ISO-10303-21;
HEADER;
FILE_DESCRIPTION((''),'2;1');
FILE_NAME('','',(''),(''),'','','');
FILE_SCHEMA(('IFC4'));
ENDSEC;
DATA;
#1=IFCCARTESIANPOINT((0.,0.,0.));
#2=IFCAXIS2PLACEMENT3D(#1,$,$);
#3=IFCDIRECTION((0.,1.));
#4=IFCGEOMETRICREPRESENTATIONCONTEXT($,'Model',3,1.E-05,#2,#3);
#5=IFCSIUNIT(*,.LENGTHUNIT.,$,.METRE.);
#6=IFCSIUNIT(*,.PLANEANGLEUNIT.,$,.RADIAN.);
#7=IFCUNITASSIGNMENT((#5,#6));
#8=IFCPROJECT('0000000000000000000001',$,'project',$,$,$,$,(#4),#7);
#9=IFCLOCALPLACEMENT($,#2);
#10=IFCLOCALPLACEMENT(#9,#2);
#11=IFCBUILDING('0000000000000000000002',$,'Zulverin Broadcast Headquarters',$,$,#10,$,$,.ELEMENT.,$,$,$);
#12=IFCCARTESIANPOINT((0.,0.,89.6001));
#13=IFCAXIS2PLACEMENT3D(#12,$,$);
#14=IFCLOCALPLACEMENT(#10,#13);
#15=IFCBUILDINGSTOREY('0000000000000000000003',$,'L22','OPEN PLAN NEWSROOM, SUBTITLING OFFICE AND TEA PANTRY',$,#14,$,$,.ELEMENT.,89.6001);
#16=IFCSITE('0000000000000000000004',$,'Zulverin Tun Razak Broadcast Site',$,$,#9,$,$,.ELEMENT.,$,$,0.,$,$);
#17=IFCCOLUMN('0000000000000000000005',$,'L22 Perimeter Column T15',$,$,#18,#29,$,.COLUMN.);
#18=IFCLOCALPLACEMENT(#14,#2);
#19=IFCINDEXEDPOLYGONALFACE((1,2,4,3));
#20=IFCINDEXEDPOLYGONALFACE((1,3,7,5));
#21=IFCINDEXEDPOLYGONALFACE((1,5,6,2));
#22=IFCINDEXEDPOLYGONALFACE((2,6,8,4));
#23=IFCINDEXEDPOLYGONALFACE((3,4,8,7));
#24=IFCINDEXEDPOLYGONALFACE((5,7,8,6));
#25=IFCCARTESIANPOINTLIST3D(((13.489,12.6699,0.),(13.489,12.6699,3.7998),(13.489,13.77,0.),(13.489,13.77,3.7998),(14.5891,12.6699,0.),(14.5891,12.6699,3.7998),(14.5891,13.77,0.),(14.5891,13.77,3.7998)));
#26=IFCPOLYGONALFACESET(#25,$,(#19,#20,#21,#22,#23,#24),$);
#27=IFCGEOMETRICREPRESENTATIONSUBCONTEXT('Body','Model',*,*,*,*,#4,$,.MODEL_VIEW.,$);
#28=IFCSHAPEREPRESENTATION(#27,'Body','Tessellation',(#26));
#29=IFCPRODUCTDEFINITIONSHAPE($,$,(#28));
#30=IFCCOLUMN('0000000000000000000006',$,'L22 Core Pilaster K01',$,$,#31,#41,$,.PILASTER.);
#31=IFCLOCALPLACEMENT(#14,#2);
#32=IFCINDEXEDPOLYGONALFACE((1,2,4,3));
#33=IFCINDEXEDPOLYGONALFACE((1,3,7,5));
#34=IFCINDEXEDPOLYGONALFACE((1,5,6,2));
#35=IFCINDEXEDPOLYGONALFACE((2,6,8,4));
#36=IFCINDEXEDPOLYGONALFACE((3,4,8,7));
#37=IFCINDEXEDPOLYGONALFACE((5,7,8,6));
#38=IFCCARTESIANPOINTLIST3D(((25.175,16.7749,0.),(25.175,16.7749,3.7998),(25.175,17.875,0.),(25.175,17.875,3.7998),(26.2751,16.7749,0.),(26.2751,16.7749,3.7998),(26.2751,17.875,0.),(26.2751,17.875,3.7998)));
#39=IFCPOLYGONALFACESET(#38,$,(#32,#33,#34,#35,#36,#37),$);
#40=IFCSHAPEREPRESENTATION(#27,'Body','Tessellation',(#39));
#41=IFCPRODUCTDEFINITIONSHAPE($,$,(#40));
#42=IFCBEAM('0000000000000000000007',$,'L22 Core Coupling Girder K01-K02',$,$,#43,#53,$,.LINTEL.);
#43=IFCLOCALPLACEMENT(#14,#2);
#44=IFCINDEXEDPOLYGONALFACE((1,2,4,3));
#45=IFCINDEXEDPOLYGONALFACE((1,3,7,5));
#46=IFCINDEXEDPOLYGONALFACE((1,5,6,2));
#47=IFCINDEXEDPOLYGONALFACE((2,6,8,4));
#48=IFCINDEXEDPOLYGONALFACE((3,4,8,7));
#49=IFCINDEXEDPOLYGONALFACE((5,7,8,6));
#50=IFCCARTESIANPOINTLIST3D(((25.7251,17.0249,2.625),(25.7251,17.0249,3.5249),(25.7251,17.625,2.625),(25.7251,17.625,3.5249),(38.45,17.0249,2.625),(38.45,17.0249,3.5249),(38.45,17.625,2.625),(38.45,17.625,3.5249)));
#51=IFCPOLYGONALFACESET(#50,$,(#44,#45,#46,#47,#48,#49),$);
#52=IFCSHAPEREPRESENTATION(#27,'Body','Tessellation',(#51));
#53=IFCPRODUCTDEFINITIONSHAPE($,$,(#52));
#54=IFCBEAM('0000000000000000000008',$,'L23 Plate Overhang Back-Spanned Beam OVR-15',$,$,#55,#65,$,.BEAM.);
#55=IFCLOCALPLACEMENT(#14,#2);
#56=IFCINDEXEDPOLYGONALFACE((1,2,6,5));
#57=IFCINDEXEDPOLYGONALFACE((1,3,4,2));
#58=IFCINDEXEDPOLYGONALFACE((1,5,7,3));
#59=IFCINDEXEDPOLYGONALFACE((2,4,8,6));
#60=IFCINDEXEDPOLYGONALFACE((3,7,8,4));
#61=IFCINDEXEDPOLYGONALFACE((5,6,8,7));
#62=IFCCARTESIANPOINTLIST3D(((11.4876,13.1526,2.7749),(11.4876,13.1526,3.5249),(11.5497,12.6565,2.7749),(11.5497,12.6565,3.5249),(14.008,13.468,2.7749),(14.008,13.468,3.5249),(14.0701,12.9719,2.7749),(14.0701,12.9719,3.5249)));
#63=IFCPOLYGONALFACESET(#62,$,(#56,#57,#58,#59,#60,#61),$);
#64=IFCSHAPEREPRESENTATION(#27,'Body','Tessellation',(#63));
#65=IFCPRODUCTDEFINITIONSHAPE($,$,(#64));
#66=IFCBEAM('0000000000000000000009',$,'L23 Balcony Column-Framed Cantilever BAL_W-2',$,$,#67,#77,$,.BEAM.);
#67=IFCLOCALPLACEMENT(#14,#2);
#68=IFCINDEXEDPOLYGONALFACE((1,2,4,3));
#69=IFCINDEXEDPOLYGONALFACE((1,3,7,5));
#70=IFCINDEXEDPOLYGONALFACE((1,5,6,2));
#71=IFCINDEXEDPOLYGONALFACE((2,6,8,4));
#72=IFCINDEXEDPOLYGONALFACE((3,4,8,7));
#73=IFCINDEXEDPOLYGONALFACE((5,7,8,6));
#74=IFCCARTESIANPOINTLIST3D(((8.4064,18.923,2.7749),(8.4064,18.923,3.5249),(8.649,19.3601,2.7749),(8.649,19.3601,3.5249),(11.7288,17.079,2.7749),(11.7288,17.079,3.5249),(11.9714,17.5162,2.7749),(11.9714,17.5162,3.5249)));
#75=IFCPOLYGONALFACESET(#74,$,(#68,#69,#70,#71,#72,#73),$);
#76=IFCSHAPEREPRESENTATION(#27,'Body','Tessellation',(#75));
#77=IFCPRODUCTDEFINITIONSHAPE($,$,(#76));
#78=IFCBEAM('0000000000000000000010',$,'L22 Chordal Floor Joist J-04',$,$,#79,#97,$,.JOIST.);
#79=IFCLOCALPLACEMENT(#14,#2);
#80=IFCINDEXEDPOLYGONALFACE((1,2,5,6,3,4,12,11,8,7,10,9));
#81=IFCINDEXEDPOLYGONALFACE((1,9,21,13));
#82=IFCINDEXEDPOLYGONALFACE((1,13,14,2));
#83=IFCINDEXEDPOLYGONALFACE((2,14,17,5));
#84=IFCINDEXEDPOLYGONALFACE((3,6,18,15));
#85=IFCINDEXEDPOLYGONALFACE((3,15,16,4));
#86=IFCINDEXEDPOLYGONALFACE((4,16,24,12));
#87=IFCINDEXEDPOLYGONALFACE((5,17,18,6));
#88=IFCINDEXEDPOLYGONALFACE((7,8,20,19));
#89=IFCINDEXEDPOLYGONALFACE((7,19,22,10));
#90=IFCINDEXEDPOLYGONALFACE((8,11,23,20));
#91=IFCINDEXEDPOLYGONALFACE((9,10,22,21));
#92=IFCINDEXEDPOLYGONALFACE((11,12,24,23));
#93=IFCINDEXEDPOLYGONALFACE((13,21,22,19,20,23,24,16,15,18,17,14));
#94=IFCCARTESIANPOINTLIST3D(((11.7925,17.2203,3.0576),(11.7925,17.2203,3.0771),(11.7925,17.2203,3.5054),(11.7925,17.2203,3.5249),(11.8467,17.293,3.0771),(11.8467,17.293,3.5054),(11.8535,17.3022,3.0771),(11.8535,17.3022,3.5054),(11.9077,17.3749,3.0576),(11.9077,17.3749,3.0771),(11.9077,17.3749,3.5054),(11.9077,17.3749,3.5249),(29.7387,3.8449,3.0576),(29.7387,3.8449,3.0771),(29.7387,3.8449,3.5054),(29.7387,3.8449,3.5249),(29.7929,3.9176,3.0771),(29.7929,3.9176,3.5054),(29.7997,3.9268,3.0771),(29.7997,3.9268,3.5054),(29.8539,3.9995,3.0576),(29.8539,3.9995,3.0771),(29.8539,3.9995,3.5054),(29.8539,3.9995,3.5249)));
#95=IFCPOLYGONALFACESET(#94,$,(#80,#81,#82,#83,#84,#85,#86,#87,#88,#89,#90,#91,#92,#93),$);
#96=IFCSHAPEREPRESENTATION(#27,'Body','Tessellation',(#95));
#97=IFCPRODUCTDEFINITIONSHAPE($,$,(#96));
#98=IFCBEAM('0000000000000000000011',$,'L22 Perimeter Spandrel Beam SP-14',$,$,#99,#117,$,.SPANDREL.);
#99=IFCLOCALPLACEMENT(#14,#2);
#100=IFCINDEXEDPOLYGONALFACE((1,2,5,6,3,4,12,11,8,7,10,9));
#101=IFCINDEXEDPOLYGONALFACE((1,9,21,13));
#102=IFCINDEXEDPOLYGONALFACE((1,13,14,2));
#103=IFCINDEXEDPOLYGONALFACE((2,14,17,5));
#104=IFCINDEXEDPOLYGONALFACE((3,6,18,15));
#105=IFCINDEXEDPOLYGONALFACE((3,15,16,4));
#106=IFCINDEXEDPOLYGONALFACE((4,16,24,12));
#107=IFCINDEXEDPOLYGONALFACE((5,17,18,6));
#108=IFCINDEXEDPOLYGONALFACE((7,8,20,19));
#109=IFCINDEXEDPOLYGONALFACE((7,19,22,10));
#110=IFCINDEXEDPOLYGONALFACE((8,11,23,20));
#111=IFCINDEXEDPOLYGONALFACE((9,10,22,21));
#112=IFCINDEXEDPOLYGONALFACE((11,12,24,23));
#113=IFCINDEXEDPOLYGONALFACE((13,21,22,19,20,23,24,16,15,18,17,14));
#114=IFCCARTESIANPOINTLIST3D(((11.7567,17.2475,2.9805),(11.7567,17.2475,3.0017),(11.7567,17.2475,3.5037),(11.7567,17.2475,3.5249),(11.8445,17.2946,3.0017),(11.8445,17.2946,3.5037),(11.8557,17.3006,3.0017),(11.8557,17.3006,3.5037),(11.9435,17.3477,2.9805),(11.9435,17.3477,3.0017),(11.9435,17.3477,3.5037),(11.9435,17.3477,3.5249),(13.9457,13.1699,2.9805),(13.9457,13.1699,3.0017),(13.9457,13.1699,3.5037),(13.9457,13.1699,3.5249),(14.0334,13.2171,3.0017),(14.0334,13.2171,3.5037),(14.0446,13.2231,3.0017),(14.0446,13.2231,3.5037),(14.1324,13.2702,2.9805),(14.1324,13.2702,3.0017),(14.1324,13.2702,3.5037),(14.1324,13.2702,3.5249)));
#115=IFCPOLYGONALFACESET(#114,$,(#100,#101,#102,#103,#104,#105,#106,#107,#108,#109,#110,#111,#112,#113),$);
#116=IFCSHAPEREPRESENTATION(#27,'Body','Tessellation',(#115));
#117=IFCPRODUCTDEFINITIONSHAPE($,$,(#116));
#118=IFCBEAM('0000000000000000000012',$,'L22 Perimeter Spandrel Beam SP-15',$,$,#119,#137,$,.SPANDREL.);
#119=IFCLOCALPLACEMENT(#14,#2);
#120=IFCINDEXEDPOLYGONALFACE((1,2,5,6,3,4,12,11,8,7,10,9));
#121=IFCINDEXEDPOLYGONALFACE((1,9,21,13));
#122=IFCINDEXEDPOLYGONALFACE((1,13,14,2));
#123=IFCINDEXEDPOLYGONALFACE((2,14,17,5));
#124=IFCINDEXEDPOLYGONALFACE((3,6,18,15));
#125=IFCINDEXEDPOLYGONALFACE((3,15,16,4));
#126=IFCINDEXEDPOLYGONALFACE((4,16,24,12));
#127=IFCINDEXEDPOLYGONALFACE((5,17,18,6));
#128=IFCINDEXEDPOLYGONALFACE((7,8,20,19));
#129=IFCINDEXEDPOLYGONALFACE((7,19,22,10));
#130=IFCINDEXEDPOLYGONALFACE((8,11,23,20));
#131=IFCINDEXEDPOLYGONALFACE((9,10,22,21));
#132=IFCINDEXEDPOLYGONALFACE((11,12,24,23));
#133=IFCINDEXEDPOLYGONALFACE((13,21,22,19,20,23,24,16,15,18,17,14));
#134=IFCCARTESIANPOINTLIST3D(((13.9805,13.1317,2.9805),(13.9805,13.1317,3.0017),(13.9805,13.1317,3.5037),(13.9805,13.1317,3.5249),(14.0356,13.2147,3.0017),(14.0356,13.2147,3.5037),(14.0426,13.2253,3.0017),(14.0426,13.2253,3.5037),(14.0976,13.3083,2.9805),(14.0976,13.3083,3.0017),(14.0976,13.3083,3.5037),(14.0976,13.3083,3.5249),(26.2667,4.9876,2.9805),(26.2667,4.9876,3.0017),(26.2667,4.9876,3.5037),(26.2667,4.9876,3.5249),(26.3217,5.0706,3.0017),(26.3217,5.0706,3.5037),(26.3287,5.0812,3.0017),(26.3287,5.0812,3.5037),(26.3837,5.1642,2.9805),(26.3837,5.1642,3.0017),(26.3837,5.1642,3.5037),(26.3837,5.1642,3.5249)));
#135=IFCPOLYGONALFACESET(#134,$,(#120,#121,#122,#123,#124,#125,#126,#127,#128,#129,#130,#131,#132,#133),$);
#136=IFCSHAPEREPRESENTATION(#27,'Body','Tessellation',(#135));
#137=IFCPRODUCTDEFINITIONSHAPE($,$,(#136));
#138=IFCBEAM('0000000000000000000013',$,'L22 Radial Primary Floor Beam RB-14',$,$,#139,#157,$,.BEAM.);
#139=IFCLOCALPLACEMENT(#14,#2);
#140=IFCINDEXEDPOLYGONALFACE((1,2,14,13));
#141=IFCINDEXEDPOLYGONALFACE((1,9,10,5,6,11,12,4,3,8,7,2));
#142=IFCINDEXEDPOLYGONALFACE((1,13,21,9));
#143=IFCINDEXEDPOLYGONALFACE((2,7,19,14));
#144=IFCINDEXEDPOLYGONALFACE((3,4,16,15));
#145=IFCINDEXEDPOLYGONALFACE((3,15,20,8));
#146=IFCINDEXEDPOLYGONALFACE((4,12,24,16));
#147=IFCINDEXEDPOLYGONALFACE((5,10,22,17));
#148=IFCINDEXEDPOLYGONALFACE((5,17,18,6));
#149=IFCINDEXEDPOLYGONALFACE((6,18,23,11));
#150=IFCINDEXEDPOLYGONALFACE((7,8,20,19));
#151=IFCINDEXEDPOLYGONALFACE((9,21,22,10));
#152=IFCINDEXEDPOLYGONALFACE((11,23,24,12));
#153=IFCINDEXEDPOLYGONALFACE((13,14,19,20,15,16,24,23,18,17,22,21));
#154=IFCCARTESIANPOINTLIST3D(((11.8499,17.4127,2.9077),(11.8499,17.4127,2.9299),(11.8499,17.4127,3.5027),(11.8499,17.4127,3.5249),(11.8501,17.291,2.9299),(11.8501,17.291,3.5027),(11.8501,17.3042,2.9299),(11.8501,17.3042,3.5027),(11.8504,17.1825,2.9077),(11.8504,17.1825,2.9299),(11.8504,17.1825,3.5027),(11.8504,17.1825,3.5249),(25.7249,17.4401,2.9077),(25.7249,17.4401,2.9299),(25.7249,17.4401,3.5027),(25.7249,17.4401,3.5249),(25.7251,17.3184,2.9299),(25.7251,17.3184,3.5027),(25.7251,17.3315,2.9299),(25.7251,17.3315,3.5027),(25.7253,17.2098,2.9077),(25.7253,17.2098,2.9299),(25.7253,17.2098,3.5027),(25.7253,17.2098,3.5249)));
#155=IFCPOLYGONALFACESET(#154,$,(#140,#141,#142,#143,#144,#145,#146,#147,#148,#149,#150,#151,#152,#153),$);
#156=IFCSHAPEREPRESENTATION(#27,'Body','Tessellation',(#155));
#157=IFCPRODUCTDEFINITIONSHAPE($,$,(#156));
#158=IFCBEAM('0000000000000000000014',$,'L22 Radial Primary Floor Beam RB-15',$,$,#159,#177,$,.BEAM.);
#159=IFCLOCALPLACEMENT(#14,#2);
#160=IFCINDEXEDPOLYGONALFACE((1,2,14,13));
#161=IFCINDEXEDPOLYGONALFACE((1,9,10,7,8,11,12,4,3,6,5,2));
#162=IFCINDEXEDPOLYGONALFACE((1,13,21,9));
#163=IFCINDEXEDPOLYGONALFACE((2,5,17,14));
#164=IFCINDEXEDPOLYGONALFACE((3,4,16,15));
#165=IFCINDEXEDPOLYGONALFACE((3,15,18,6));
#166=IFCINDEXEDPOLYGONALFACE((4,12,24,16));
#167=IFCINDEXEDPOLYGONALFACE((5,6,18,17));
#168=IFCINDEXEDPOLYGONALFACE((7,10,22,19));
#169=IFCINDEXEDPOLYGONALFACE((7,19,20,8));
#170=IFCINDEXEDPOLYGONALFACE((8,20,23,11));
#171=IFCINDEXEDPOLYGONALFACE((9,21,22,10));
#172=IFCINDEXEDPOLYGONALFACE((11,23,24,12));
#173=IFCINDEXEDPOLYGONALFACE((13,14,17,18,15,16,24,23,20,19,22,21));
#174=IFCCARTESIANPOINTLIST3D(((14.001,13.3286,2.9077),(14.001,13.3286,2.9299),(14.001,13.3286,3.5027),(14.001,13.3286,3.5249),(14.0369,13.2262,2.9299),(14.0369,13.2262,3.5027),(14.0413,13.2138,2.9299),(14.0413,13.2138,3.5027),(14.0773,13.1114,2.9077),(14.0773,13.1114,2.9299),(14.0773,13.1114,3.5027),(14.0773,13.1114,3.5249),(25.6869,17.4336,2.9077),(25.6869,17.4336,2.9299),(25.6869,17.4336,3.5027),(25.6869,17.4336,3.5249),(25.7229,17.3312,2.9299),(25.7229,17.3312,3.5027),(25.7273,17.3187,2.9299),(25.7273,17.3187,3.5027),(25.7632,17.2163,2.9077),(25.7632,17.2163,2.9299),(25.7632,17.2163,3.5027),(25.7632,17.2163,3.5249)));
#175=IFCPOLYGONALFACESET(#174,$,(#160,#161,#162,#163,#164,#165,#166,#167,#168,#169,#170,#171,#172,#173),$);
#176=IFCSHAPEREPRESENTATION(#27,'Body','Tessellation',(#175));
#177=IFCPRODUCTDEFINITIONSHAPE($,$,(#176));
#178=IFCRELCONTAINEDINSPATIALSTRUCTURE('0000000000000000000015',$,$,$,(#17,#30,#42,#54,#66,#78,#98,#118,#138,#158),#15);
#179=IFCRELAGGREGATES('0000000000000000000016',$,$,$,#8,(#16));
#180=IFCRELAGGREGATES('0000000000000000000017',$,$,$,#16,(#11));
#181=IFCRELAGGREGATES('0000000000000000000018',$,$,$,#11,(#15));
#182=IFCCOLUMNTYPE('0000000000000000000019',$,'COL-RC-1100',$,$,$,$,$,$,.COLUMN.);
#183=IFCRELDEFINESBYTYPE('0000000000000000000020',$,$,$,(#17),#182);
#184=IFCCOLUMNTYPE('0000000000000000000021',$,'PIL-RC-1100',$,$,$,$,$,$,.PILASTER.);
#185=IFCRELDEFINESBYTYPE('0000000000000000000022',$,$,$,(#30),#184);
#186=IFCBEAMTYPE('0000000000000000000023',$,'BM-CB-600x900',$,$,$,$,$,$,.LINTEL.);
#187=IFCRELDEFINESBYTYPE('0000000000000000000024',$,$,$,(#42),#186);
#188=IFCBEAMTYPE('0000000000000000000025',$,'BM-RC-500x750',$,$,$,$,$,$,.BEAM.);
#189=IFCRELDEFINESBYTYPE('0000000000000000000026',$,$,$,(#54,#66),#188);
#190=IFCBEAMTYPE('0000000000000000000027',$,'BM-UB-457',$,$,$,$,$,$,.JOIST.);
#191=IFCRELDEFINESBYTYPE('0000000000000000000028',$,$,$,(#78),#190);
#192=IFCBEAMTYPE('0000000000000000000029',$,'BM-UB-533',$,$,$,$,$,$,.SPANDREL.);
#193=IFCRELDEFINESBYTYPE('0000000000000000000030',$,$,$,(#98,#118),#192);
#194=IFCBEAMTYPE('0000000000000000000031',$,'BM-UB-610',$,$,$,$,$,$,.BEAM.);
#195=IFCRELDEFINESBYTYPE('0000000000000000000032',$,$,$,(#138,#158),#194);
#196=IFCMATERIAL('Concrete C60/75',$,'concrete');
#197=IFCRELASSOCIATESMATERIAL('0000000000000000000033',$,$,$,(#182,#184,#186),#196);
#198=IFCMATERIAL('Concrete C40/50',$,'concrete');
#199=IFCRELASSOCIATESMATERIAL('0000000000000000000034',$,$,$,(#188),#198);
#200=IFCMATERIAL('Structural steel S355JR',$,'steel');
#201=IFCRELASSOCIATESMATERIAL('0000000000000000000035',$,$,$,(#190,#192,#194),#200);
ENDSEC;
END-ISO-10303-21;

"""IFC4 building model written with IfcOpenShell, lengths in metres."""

from ifc_helpers import new_model, si_unit, direction, frame, origin, origin_2d, place, context, subcontext, project, spatial, rectangle, i_section, extrude, material, material_profile, profile_set, type_object, element, save


model = new_model("IFC4")

# Units and contexts
model_context = context("Model", 3, precision=1e-05, world=origin(), true_north=direction((0.0, 1.0)))
body_context = subcontext(model_context, "Body", "Model", "MODEL_VIEW")
ifc_project = project(units=[si_unit("LENGTHUNIT", "METRE"), si_unit("PLANEANGLEUNIT", "RADIAN")], contexts=[model_context])

# Site, building, storey
site_placement = place(None, origin())
site = spatial("IfcSite", under=ifc_project, at=site_placement, Name="Zulverin Tun Razak Broadcast Site", CompositionType="ELEMENT", RefElevation=0.0)
building_placement = place(site_placement, origin())
building = spatial("IfcBuilding", under=site, at=building_placement, Name="Zulverin Broadcast Headquarters", CompositionType="ELEMENT")
storey_placement = place(building_placement, frame((0.0, 0.0, 89.6001)))
storey = spatial("IfcBuildingStorey", under=building, at=storey_placement, Name="L22", Description="OPEN PLAN NEWSROOM, SUBTITLING OFFICE AND TEA PANTRY", CompositionType="ELEMENT", Elevation=89.6001)

# Columns
ifc_material_1 = material(Name="Concrete C60/75", Category="concrete")
ifc_material_profile_1 = material_profile(ifc_material_1, rectangle(XDim=1.1001, YDim=1.1001, at=origin_2d()), Name="Concrete C60/75", Category="concrete")
ifc_profile_set_1 = profile_set([ifc_material_profile_1], Name="Concrete C60/75")
column_type_1 = type_object("IfcColumnType", Name="COL-RC-1100", PredefinedType="COLUMN", material=ifc_profile_set_1)
column_1_placement = place(storey_placement, frame((14.0391, 13.22, 0.0), z_axis=(0.0, 0.0, 1.0), x_axis=(1.0, 0.0, 0.0)))
element("IfcColumn", 1, at=column_1_placement, inside=storey, type_object=column_type_1, Name="L22 Perimeter Column T15", PredefinedType="COLUMN", context=body_context, shape_type="SweptSolid", body=[
    extrude(rectangle(XDim=1.1001, YDim=1.1001, at=origin_2d()), origin(), (0.0, 0.0, 1.0), 3.7998),
])
ifc_material_profile_2 = material_profile(ifc_material_1, rectangle(XDim=1.1001, YDim=1.1001, at=origin_2d()), Name="Concrete C60/75", Category="concrete")
ifc_profile_set_2 = profile_set([ifc_material_profile_2], Name="Concrete C60/75")
column_type_2 = type_object("IfcColumnType", Name="PIL-RC-1100", PredefinedType="PILASTER", material=ifc_profile_set_2)
column_2_placement = place(storey_placement, frame((25.7251, 17.325, 0.0), z_axis=(0.0, 0.0, 1.0), x_axis=(1.0, 0.0, 0.0)))
element("IfcColumn", 2, at=column_2_placement, inside=storey, type_object=column_type_2, Name="L22 Core Pilaster K01", PredefinedType="PILASTER", context=body_context, shape_type="SweptSolid", body=[
    extrude(rectangle(XDim=1.1001, YDim=1.1001, at=origin_2d()), origin(), (0.0, 0.0, 1.0), 3.7998),
])

# Beams
ifc_material_profile_3 = material_profile(ifc_material_1, rectangle(XDim=0.6001, YDim=0.8999, at=origin_2d()), Name="Concrete C60/75", Category="concrete")
ifc_profile_set_3 = profile_set([ifc_material_profile_3], Name="Concrete C60/75")
beam_type_1 = type_object("IfcBeamType", Name="BM-CB-600x900", PredefinedType="LINTEL", material=ifc_profile_set_3)
beam_1_placement = place(storey_placement, frame((25.7251, 17.325, 3.075), z_axis=(1.0, 0.0, 0.0), x_axis=(0.0, 1.0, 0.0)))
element("IfcBeam", 3, at=beam_1_placement, inside=storey, type_object=beam_type_1, Name="L22 Core Coupling Girder K01-K02", PredefinedType="LINTEL", context=body_context, shape_type="SweptSolid", body=[
    extrude(rectangle(XDim=0.6001, YDim=0.8999, at=origin_2d()), origin(), (0.0, 0.0, 1.0), 12.7249),
])
ifc_material_2 = material(Name="Concrete C40/50", Category="concrete")
ifc_material_profile_4 = material_profile(ifc_material_2, rectangle(XDim=0.5, YDim=0.75, at=origin_2d()), Name="Concrete C40/50", Category="concrete")
ifc_profile_set_4 = profile_set([ifc_material_profile_4], Name="Concrete C40/50")
beam_type_2 = type_object("IfcBeamType", Name="BM-RC-500x750", PredefinedType="BEAM", material=ifc_profile_set_4)
beam_2_placement = place(storey_placement, frame((14.0391, 13.22, 3.1499), z_axis=(-0.992259, -0.124189, 0.0), x_axis=(0.124189, -0.992259, 0.0)))
element("IfcBeam", 4, at=beam_2_placement, inside=storey, type_object=beam_type_2, Name="L23 Plate Overhang Back-Spanned Beam OVR-15", PredefinedType="BEAM", context=body_context, shape_type="SweptSolid", body=[
    extrude(rectangle(XDim=0.5, YDim=0.75, at=origin_2d()), origin(), (0.0, 0.0, 1.0), 2.54),
])
beam_3_placement = place(storey_placement, frame((11.8501, 17.2976, 3.1499), z_axis=(-0.874363, 0.485272, 0.0), x_axis=(-0.485272, -0.874363, 0.0)))
element("IfcBeam", 5, at=beam_3_placement, inside=storey, type_object=beam_type_2, Name="L23 Balcony Column-Framed Cantilever BAL_W-2", PredefinedType="BEAM", context=body_context, shape_type="SweptSolid", body=[
    extrude(rectangle(XDim=0.5, YDim=0.75, at=origin_2d()), origin(), (0.0, 0.0, 1.0), 3.7998),
])
ifc_material_3 = material(Name="Structural steel S355JR", Category="steel")
ifc_material_profile_5 = material_profile(ifc_material_3, i_section(OverallWidth=0.1929, OverallDepth=0.4673, WebThickness=0.0115, FlangeThickness=0.0195, at=origin_2d()), Name="Structural steel S355JR", Category="steel")
ifc_profile_set_5 = profile_set([ifc_material_profile_5], Name="Structural steel S355JR")
beam_type_3 = type_object("IfcBeamType", Name="BM-UB-457", PredefinedType="JOIST", material=ifc_profile_set_5)
beam_4_placement = place(storey_placement, frame((11.8501, 17.2976, 3.2913), z_axis=(0.801803, -0.597589, 0.0), x_axis=(0.597589, 0.801803, 0.0)))
element("IfcBeam", 6, at=beam_4_placement, inside=storey, type_object=beam_type_3, Name="L22 Chordal Floor Joist J-04", PredefinedType="JOIST", context=body_context, shape_type="SweptSolid", body=[
    extrude(i_section(OverallWidth=0.1929, OverallDepth=0.4673, WebThickness=0.0115, FlangeThickness=0.0195, at=origin_2d()), origin(), (0.0, 0.0, 1.0), 22.3823),
])
ifc_material_profile_6 = material_profile(ifc_material_3, i_section(OverallWidth=0.2119, OverallDepth=0.5444, WebThickness=0.0127, FlangeThickness=0.0212, at=origin_2d()), Name="Structural steel S355JR", Category="steel")
ifc_profile_set_6 = profile_set([ifc_material_profile_6], Name="Structural steel S355JR")
beam_type_4 = type_object("IfcBeamType", Name="BM-UB-533", PredefinedType="SPANDREL", material=ifc_profile_set_6)
beam_5_placement = place(storey_placement, frame((11.8501, 17.2976, 3.2527), z_axis=(0.47298, -0.881073, 0.0), x_axis=(0.881073, 0.47298, 0.0)))
element("IfcBeam", 7, at=beam_5_placement, inside=storey, type_object=beam_type_4, Name="L22 Perimeter Spandrel Beam SP-14", PredefinedType="SPANDREL", context=body_context, shape_type="SweptSolid", body=[
    extrude(i_section(OverallWidth=0.2119, OverallDepth=0.5444, WebThickness=0.0127, FlangeThickness=0.0212, at=origin_2d()), origin(), (0.0, 0.0, 1.0), 4.6279),
])
beam_6_placement = place(storey_placement, frame((14.0391, 13.22, 3.2527), z_axis=(0.83351, -0.552504, 0.0), x_axis=(0.552504, 0.83351, 0.0)))
element("IfcBeam", 8, at=beam_6_placement, inside=storey, type_object=beam_type_4, Name="L22 Perimeter Spandrel Beam SP-15", PredefinedType="SPANDREL", context=body_context, shape_type="SweptSolid", body=[
    extrude(i_section(OverallWidth=0.2119, OverallDepth=0.5444, WebThickness=0.0127, FlangeThickness=0.0212, at=origin_2d()), origin(), (0.0, 0.0, 1.0), 14.7402),
])
ifc_material_profile_7 = material_profile(ifc_material_3, i_section(OverallWidth=0.2302, OverallDepth=0.6172, WebThickness=0.0132, FlangeThickness=0.0222, at=origin_2d()), Name="Structural steel S355JR", Category="steel")
ifc_profile_set_7 = profile_set([ifc_material_profile_7], Name="Structural steel S355JR")
beam_type_5 = type_object("IfcBeamType", Name="BM-UB-610", PredefinedType="BEAM", material=ifc_profile_set_7)
beam_7_placement = place(storey_placement, frame((25.7251, 17.325, 3.2163), z_axis=(-0.999998, -0.001971, 0.0), x_axis=(0.001971, -0.999998, 0.0)))
element("IfcBeam", 9, at=beam_7_placement, inside=storey, type_object=beam_type_5, Name="L22 Radial Primary Floor Beam RB-14", PredefinedType="BEAM", context=body_context, shape_type="SweptSolid", body=[
    extrude(i_section(OverallWidth=0.2302, OverallDepth=0.6172, WebThickness=0.0132, FlangeThickness=0.0222, at=origin_2d()), origin(), (0.0, 0.0, 1.0), 13.875),
])
beam_8_placement = place(storey_placement, frame((25.7251, 17.325, 3.2163), z_axis=(-0.943483, -0.33142, 0.0), x_axis=(0.33142, -0.943483, 0.0)))
element("IfcBeam", 10, at=beam_8_placement, inside=storey, type_object=beam_type_5, Name="L22 Radial Primary Floor Beam RB-15", PredefinedType="BEAM", context=body_context, shape_type="SweptSolid", body=[
    extrude(i_section(OverallWidth=0.2302, OverallDepth=0.6172, WebThickness=0.0132, FlangeThickness=0.0222, at=origin_2d()), origin(), (0.0, 0.0, 1.0), 12.386),
])

save(model, "model.ifc")
